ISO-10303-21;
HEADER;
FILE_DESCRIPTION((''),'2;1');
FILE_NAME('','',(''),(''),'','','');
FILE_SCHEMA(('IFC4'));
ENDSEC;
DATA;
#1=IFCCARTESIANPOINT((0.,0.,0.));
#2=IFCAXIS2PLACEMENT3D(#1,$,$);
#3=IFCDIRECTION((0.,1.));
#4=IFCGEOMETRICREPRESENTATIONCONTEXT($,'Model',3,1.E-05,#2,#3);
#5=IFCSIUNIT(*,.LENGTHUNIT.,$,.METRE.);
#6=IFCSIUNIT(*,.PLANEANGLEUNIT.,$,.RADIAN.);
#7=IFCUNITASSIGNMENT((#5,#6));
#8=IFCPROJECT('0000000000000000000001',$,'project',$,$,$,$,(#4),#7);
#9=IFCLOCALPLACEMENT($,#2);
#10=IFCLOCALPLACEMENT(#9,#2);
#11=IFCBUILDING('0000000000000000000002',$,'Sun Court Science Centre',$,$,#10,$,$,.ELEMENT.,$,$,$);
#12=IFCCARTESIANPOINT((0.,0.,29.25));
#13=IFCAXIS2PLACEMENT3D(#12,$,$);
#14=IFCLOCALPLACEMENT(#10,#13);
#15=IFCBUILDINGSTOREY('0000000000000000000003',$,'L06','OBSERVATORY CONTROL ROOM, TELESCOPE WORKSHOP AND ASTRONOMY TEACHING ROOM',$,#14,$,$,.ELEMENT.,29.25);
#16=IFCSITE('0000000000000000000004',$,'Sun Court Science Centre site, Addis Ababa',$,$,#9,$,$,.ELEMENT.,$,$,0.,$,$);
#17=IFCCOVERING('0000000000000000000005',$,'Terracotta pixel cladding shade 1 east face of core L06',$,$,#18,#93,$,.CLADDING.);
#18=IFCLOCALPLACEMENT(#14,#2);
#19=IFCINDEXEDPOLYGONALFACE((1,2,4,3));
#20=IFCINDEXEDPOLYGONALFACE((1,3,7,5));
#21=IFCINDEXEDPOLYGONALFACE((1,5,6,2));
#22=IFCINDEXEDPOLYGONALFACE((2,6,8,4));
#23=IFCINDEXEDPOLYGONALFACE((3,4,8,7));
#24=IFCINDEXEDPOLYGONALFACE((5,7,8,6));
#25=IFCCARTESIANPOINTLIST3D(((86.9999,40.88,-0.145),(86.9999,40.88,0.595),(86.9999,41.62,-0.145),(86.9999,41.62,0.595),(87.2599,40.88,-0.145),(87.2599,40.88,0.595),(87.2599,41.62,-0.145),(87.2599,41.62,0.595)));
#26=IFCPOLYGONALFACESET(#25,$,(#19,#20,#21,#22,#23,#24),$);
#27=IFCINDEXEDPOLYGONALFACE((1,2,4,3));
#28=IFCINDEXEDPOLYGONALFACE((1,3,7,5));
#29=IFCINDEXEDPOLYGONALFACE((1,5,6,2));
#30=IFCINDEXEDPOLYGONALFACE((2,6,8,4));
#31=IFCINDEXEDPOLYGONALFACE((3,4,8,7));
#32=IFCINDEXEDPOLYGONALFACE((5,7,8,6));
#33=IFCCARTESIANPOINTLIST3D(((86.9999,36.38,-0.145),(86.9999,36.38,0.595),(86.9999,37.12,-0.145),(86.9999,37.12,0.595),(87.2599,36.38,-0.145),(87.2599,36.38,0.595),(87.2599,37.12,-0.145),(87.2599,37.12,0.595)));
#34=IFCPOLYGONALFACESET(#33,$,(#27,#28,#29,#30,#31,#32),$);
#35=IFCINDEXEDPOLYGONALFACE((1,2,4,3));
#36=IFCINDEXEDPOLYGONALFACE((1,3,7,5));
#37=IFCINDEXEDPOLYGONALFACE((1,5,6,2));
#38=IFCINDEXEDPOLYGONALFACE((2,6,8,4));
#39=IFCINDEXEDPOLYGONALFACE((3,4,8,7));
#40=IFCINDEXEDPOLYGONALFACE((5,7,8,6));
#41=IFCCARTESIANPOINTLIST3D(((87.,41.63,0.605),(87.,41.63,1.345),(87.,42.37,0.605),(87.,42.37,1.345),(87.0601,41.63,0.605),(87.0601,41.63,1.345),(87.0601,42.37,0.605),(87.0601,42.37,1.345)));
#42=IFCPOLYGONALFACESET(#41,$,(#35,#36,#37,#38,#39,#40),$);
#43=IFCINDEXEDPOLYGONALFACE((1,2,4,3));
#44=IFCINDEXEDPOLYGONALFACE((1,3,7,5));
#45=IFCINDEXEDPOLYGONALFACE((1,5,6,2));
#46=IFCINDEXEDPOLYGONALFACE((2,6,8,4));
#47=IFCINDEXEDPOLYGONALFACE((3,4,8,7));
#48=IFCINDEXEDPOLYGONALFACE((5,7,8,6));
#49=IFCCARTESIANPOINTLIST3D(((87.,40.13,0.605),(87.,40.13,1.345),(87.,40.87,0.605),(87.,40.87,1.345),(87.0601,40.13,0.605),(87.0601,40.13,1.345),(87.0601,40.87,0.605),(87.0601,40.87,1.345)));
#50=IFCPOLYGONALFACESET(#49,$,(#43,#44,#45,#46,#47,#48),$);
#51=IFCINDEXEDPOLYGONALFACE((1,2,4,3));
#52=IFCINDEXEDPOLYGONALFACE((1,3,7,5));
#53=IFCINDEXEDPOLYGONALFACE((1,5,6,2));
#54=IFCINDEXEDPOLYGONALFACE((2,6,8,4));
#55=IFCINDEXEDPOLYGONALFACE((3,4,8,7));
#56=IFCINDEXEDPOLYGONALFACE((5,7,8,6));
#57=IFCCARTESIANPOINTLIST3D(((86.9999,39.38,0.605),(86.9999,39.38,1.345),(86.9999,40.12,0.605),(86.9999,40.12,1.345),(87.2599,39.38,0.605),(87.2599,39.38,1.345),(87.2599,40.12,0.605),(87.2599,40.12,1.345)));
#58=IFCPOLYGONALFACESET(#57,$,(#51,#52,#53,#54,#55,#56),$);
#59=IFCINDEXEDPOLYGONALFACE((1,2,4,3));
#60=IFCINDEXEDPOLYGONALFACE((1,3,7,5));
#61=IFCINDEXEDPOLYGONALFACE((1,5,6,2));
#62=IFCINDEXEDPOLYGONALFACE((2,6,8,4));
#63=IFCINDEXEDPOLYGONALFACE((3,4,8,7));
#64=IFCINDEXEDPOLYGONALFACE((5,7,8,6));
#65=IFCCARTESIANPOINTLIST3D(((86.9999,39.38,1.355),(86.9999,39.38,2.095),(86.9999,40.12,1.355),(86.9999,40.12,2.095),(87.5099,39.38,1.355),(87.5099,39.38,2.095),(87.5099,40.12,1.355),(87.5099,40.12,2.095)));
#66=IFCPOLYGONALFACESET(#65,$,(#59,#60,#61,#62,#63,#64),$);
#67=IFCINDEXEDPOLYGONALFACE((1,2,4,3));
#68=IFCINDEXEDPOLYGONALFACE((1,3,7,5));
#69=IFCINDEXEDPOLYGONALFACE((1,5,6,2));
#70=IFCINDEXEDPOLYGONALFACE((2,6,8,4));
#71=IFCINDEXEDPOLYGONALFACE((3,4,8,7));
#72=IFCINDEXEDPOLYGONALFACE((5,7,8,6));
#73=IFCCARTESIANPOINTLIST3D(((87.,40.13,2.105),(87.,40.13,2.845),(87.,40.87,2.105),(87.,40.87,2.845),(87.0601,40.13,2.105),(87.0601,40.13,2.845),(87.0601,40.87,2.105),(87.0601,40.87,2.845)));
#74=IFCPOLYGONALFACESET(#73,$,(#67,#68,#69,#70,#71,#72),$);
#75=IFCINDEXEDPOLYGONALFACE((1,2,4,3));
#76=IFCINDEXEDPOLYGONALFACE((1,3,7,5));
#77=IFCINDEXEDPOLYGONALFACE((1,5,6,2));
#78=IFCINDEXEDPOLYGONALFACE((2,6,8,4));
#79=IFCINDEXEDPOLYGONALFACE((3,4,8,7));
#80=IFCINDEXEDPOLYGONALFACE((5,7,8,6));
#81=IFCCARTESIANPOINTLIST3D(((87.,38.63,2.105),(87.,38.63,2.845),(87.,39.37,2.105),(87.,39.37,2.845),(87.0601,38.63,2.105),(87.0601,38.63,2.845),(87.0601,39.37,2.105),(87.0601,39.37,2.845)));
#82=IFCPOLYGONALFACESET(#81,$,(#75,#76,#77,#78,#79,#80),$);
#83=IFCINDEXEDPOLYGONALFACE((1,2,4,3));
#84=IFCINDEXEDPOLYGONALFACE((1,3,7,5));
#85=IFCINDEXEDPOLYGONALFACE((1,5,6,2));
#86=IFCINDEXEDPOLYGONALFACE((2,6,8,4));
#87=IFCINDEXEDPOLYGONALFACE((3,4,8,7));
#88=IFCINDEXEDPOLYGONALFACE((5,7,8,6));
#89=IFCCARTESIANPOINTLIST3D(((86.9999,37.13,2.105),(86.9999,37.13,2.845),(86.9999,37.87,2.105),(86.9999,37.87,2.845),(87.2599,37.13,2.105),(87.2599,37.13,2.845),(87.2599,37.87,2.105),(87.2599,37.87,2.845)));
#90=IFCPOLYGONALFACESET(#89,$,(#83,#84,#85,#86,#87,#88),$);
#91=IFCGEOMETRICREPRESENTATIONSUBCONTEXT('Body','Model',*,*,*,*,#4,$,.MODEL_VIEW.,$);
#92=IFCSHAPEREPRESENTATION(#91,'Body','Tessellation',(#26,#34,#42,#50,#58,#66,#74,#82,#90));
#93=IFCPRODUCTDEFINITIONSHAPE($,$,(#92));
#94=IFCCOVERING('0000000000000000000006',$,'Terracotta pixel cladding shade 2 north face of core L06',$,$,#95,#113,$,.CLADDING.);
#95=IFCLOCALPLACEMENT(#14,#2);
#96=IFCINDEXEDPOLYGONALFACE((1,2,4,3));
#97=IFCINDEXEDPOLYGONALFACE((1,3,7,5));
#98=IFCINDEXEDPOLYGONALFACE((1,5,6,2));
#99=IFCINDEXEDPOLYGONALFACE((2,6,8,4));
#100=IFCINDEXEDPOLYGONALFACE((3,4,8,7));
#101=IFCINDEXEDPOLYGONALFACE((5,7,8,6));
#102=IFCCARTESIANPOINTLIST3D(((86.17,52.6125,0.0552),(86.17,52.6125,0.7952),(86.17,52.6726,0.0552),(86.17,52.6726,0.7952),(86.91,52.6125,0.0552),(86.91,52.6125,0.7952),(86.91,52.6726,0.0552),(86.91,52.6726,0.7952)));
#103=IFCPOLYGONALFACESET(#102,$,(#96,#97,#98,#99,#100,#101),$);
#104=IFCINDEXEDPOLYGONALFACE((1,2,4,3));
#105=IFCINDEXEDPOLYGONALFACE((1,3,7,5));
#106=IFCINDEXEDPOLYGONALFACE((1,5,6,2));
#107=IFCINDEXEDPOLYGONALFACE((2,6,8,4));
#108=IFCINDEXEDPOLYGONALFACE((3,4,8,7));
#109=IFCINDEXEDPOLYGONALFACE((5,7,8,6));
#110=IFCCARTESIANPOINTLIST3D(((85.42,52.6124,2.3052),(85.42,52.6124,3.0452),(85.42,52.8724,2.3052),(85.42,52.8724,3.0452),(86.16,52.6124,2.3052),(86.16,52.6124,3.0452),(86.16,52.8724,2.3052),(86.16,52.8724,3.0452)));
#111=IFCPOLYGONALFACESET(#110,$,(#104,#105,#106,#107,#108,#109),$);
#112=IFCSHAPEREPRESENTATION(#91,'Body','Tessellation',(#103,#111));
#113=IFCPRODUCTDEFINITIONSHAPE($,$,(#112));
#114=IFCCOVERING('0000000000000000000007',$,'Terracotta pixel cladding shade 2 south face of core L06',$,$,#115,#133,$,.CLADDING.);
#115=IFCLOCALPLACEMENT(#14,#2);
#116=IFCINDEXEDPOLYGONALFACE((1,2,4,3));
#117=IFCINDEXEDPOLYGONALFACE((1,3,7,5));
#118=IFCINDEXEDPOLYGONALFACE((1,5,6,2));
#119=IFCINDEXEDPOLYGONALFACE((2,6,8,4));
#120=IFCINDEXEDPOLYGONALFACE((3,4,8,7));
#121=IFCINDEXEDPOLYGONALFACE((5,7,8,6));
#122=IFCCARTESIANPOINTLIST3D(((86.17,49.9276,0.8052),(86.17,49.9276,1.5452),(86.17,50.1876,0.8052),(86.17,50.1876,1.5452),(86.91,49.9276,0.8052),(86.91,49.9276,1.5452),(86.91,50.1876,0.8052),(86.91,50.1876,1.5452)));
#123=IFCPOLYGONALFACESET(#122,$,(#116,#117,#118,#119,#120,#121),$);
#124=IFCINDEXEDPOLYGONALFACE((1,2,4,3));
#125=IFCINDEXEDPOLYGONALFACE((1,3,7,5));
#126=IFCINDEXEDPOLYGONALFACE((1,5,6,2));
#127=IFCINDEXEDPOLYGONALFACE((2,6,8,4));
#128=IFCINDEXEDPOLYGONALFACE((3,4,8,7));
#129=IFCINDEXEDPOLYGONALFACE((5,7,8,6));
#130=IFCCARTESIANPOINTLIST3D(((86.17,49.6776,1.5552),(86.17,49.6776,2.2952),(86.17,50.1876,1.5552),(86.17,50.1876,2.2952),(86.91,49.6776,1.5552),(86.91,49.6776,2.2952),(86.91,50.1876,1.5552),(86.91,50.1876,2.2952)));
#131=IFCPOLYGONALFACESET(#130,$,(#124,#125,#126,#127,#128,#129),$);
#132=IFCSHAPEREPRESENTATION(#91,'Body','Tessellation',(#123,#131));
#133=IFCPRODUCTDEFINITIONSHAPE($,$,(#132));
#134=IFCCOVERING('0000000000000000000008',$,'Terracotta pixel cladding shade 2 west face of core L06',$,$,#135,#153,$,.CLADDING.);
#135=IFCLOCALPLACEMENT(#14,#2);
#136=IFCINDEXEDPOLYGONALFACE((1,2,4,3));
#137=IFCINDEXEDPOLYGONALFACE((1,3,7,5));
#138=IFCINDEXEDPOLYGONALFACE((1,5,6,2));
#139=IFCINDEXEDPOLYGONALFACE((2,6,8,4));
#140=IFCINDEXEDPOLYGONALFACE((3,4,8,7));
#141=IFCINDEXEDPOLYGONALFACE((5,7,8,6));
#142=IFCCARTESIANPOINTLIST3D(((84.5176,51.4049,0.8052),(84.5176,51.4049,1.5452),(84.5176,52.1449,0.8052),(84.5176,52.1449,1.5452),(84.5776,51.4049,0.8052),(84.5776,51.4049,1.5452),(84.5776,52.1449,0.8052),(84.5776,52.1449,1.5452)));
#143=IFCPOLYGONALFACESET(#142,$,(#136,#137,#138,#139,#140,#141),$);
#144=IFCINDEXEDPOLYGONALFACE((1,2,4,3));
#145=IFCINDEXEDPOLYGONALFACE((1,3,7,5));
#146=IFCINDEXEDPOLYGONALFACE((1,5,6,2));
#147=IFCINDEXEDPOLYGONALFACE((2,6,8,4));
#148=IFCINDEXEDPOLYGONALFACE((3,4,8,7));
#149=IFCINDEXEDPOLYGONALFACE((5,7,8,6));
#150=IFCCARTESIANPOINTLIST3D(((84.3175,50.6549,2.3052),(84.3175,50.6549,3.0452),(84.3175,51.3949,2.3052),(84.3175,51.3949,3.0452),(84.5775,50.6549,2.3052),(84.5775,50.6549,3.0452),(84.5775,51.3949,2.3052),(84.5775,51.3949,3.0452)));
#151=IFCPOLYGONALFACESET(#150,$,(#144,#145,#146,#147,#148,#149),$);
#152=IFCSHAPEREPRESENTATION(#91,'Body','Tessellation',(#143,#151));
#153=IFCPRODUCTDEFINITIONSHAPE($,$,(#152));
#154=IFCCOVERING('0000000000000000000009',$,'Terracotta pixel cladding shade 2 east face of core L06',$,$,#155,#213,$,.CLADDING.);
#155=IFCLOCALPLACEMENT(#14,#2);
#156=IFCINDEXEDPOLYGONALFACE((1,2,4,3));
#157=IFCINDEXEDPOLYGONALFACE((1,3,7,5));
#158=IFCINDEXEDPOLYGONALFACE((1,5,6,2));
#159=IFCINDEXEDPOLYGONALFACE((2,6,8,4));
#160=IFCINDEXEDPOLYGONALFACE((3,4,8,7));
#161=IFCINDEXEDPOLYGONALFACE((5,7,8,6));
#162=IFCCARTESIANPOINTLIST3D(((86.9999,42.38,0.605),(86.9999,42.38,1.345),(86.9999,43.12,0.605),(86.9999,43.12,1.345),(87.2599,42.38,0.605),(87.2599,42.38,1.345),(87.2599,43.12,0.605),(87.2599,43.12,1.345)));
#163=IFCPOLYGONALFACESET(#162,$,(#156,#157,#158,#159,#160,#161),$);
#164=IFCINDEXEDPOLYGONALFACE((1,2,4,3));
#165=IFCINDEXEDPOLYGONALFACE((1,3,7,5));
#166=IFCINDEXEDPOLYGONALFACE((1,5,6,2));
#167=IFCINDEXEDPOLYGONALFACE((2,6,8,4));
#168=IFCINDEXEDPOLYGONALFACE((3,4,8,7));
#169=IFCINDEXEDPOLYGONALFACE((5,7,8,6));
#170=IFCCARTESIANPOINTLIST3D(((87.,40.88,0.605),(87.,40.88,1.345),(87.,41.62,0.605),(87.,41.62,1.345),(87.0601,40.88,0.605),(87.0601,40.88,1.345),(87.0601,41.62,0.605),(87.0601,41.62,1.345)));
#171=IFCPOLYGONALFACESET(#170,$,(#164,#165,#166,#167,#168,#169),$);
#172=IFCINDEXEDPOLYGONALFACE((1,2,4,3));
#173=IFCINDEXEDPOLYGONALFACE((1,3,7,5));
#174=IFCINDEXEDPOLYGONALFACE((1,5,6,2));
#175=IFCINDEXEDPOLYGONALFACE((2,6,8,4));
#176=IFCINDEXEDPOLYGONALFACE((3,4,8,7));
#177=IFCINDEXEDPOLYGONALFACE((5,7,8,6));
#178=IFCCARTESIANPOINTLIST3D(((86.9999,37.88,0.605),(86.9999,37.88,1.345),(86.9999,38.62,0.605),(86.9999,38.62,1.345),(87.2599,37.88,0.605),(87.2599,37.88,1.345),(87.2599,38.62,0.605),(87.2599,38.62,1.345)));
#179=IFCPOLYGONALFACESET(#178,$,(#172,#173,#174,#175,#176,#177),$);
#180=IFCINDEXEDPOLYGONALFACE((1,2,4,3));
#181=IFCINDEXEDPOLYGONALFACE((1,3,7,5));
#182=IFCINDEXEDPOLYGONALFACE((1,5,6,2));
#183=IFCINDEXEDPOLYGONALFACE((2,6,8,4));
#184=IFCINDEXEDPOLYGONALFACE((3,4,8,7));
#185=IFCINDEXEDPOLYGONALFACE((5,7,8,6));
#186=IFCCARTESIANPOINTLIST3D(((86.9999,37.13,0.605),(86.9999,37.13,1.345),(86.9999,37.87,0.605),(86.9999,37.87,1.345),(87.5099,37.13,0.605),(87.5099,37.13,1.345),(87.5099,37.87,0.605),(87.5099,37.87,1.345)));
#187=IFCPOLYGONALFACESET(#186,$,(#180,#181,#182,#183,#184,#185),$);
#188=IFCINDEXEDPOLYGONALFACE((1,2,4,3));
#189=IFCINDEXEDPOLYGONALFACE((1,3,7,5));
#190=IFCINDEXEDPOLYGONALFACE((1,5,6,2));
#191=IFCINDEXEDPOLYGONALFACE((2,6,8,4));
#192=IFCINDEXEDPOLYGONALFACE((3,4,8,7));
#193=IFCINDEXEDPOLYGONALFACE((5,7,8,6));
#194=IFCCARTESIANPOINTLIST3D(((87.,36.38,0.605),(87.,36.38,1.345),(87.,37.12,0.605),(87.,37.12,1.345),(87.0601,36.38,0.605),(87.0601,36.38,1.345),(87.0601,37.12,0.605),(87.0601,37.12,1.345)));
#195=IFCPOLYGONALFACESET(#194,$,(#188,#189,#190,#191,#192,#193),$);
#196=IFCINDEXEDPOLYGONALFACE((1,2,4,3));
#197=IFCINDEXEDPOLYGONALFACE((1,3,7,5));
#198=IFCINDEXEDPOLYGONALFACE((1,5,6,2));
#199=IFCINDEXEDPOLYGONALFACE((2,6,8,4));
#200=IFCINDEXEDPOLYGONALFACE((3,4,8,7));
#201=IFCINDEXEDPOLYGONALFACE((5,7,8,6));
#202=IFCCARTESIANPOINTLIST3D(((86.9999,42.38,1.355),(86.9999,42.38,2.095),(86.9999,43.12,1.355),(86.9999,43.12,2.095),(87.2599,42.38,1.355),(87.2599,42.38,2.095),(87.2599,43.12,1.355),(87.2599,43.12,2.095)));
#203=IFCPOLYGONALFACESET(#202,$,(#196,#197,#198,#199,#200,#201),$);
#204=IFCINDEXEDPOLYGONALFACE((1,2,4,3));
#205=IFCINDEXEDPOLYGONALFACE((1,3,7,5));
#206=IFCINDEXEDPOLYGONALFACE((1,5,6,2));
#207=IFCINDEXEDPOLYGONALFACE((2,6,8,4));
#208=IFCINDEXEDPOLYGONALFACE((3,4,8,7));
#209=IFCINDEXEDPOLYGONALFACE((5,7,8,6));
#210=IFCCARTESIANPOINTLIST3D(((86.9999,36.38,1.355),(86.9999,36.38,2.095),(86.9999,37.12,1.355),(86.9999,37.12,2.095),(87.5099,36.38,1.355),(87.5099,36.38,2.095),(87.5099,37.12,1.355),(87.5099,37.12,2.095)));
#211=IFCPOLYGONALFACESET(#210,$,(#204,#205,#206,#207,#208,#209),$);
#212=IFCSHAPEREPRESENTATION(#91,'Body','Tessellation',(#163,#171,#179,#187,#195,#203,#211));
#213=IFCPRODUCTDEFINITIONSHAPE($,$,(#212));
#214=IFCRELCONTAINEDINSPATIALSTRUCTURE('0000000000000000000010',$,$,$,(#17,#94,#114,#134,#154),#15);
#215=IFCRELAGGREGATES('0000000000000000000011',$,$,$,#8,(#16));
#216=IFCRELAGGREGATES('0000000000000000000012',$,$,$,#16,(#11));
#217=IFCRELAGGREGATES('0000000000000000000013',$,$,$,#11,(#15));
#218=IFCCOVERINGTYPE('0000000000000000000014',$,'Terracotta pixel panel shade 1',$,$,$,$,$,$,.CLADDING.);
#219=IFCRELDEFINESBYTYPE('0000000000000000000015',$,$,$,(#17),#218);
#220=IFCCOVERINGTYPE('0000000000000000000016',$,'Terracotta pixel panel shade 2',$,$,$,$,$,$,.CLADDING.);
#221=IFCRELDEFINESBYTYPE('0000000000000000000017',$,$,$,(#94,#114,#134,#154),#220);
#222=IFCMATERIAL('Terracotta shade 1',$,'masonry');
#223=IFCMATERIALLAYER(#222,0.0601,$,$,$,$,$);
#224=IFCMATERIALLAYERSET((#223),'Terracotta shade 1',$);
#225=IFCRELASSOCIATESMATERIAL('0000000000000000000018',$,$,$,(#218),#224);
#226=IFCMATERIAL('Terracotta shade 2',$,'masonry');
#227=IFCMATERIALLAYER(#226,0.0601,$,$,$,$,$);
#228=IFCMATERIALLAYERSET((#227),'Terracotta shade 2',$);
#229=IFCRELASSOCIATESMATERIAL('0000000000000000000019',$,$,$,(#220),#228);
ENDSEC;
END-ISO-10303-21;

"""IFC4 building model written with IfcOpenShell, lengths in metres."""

from ifc_helpers import new_model, si_unit, direction, frame, origin, origin_2d, place, context, subcontext, project, spatial, rectangle, extrude, material, layer, layer_set, type_object, element, save


model = new_model("IFC4")

# Units and contexts
model_context = context("Model", 3, precision=1e-05, world=origin(), true_north=direction((0.0, 1.0)))
body_context = subcontext(model_context, "Body", "Model", "MODEL_VIEW")
ifc_project = project(units=[si_unit("LENGTHUNIT", "METRE"), si_unit("PLANEANGLEUNIT", "RADIAN")], contexts=[model_context])

# Site, building, storey
site_placement = place(None, origin())
site = spatial("IfcSite", under=ifc_project, at=site_placement, Name="Sun Court Science Centre site, Addis Ababa", CompositionType="ELEMENT", RefElevation=0.0)
building_placement = place(site_placement, origin())
building = spatial("IfcBuilding", under=site, at=building_placement, Name="Sun Court Science Centre", CompositionType="ELEMENT")
storey_placement = place(building_placement, frame((0.0, 0.0, 29.25)))
storey = spatial("IfcBuildingStorey", under=building, at=storey_placement, Name="L06", Description="OBSERVATORY CONTROL ROOM, TELESCOPE WORKSHOP AND ASTRONOMY TEACHING ROOM", CompositionType="ELEMENT", Elevation=29.25)

# Coverings
ifc_material_1 = material(Name="Terracotta shade 1", Category="masonry")
ifc_layer_1 = layer(ifc_material_1, 0.0601)
ifc_layer_set_1 = layer_set([ifc_layer_1], Name="Terracotta shade 1")
covering_type_1 = type_object("IfcCoveringType", Name="Terracotta pixel panel shade 1", PredefinedType="CLADDING", material=ifc_layer_set_1)
covering_1_placement = place(storey_placement, frame((0.0, 0.0, -29.25)))
element("IfcCovering", 1, at=covering_1_placement, inside=storey, type_object=covering_type_1, Name="Terracotta pixel cladding shade 1 east face of core L06", PredefinedType="CLADDING", context=body_context, shape_type="SweptSolid", body=[
    extrude(rectangle(XDim=0.74, YDim=0.26, at=origin_2d()), frame((87.1299, 41.25, 29.105), z_axis=(0.0, 0.0, 1.0), x_axis=(0.0, -1.0, 0.0)), (0.0, 0.0, 1.0), 0.74),
    extrude(rectangle(XDim=0.74, YDim=0.26, at=origin_2d()), frame((87.1299, 36.75, 29.105), z_axis=(0.0, 0.0, 1.0), x_axis=(0.0, -1.0, 0.0)), (0.0, 0.0, 1.0), 0.74),
    extrude(rectangle(XDim=0.74, YDim=0.0601, at=origin_2d()), frame((87.03, 42.0, 29.855), z_axis=(0.0, 0.0, 1.0), x_axis=(0.0, -1.0, 0.0)), (0.0, 0.0, 1.0), 0.74),
    extrude(rectangle(XDim=0.74, YDim=0.0601, at=origin_2d()), frame((87.03, 40.5, 29.855), z_axis=(0.0, 0.0, 1.0), x_axis=(0.0, -1.0, 0.0)), (0.0, 0.0, 1.0), 0.74),
    extrude(rectangle(XDim=0.74, YDim=0.26, at=origin_2d()), frame((87.1299, 39.75, 29.855), z_axis=(0.0, 0.0, 1.0), x_axis=(0.0, -1.0, 0.0)), (0.0, 0.0, 1.0), 0.74),
    extrude(rectangle(XDim=0.74, YDim=0.51, at=origin_2d()), frame((87.2549, 39.75, 30.605), z_axis=(0.0, 0.0, 1.0), x_axis=(0.0, -1.0, 0.0)), (0.0, 0.0, 1.0), 0.74),
    extrude(rectangle(XDim=0.74, YDim=0.0601, at=origin_2d()), frame((87.03, 40.5, 31.355), z_axis=(0.0, 0.0, 1.0), x_axis=(0.0, -1.0, 0.0)), (0.0, 0.0, 1.0), 0.74),
    extrude(rectangle(XDim=0.74, YDim=0.0601, at=origin_2d()), frame((87.03, 39.0, 31.355), z_axis=(0.0, 0.0, 1.0), x_axis=(0.0, -1.0, 0.0)), (0.0, 0.0, 1.0), 0.74),
    extrude(rectangle(XDim=0.74, YDim=0.26, at=origin_2d()), frame((87.1299, 37.5, 31.355), z_axis=(0.0, 0.0, 1.0), x_axis=(0.0, -1.0, 0.0)), (0.0, 0.0, 1.0), 0.74),
])
ifc_material_2 = material(Name="Terracotta shade 2", Category="masonry")
ifc_layer_2 = layer(ifc_material_2, 0.0601)
ifc_layer_set_2 = layer_set([ifc_layer_2], Name="Terracotta shade 2")
covering_type_2 = type_object("IfcCoveringType", Name="Terracotta pixel panel shade 2", PredefinedType="CLADDING", material=ifc_layer_set_2)
covering_2_placement = place(storey_placement, frame((0.0, 0.0, -29.25)))
element("IfcCovering", 2, at=covering_2_placement, inside=storey, type_object=covering_type_2, Name="Terracotta pixel cladding shade 2 north face of core L06", PredefinedType="CLADDING", context=body_context, shape_type="SweptSolid", body=[
    extrude(rectangle(XDim=0.74, YDim=0.0601, at=origin_2d()), frame((86.54, 52.6426, 29.3052), z_axis=(0.0, 0.0, 1.0), x_axis=(1.0, 0.0, 0.0)), (0.0, 0.0, 1.0), 0.74),
    extrude(rectangle(XDim=0.74, YDim=0.26, at=origin_2d()), frame((85.79, 52.7424, 31.5552), z_axis=(0.0, 0.0, 1.0), x_axis=(1.0, 0.0, 0.0)), (0.0, 0.0, 1.0), 0.74),
])
covering_3_placement = place(storey_placement, frame((0.0, 0.0, -29.25)))
element("IfcCovering", 3, at=covering_3_placement, inside=storey, type_object=covering_type_2, Name="Terracotta pixel cladding shade 2 south face of core L06", PredefinedType="CLADDING", context=body_context, shape_type="SweptSolid", body=[
    extrude(rectangle(XDim=0.74, YDim=0.26, at=origin_2d()), frame((86.54, 50.0576, 30.0552), z_axis=(0.0, 0.0, 1.0), x_axis=(-1.0, 0.0, 0.0)), (0.0, 0.0, 1.0), 0.74),
    extrude(rectangle(XDim=0.74, YDim=0.51, at=origin_2d()), frame((86.54, 49.9326, 30.8052), z_axis=(0.0, 0.0, 1.0), x_axis=(-1.0, 0.0, 0.0)), (0.0, 0.0, 1.0), 0.74),
])
covering_4_placement = place(storey_placement, frame((0.0, 0.0, -29.25)))
element("IfcCovering", 4, at=covering_4_placement, inside=storey, type_object=covering_type_2, Name="Terracotta pixel cladding shade 2 west face of core L06", PredefinedType="CLADDING", context=body_context, shape_type="SweptSolid", body=[
    extrude(rectangle(XDim=0.74, YDim=0.0601, at=origin_2d()), frame((84.5476, 51.7749, 30.0552), z_axis=(0.0, 0.0, 1.0), x_axis=(0.0, 1.0, 0.0)), (0.0, 0.0, 1.0), 0.74),
    extrude(rectangle(XDim=0.74, YDim=0.26, at=origin_2d()), frame((84.4475, 51.0249, 31.5552), z_axis=(0.0, 0.0, 1.0), x_axis=(0.0, 1.0, 0.0)), (0.0, 0.0, 1.0), 0.74),
])
covering_5_placement = place(storey_placement, frame((0.0, 0.0, -29.25)))
element("IfcCovering", 5, at=covering_5_placement, inside=storey, type_object=covering_type_2, Name="Terracotta pixel cladding shade 2 east face of core L06", PredefinedType="CLADDING", context=body_context, shape_type="SweptSolid", body=[
    extrude(rectangle(XDim=0.74, YDim=0.26, at=origin_2d()), frame((87.1299, 42.75, 29.855), z_axis=(0.0, 0.0, 1.0), x_axis=(0.0, -1.0, 0.0)), (0.0, 0.0, 1.0), 0.74),
    extrude(rectangle(XDim=0.74, YDim=0.0601, at=origin_2d()), frame((87.03, 41.25, 29.855), z_axis=(0.0, 0.0, 1.0), x_axis=(0.0, -1.0, 0.0)), (0.0, 0.0, 1.0), 0.74),
    extrude(rectangle(XDim=0.74, YDim=0.26, at=origin_2d()), frame((87.1299, 38.25, 29.855), z_axis=(0.0, 0.0, 1.0), x_axis=(0.0, -1.0, 0.0)), (0.0, 0.0, 1.0), 0.74),
    extrude(rectangle(XDim=0.74, YDim=0.51, at=origin_2d()), frame((87.2549, 37.5, 29.855), z_axis=(0.0, 0.0, 1.0), x_axis=(0.0, -1.0, 0.0)), (0.0, 0.0, 1.0), 0.74),
    extrude(rectangle(XDim=0.74, YDim=0.0601, at=origin_2d()), frame((87.03, 36.75, 29.855), z_axis=(0.0, 0.0, 1.0), x_axis=(0.0, -1.0, 0.0)), (0.0, 0.0, 1.0), 0.74),
    extrude(rectangle(XDim=0.74, YDim=0.26, at=origin_2d()), frame((87.1299, 42.75, 30.605), z_axis=(0.0, 0.0, 1.0), x_axis=(0.0, -1.0, 0.0)), (0.0, 0.0, 1.0), 0.74),
    extrude(rectangle(XDim=0.74, YDim=0.51, at=origin_2d()), frame((87.2549, 36.75, 30.605), z_axis=(0.0, 0.0, 1.0), x_axis=(0.0, -1.0, 0.0)), (0.0, 0.0, 1.0), 0.74),
])

save(model, "model.ifc")
